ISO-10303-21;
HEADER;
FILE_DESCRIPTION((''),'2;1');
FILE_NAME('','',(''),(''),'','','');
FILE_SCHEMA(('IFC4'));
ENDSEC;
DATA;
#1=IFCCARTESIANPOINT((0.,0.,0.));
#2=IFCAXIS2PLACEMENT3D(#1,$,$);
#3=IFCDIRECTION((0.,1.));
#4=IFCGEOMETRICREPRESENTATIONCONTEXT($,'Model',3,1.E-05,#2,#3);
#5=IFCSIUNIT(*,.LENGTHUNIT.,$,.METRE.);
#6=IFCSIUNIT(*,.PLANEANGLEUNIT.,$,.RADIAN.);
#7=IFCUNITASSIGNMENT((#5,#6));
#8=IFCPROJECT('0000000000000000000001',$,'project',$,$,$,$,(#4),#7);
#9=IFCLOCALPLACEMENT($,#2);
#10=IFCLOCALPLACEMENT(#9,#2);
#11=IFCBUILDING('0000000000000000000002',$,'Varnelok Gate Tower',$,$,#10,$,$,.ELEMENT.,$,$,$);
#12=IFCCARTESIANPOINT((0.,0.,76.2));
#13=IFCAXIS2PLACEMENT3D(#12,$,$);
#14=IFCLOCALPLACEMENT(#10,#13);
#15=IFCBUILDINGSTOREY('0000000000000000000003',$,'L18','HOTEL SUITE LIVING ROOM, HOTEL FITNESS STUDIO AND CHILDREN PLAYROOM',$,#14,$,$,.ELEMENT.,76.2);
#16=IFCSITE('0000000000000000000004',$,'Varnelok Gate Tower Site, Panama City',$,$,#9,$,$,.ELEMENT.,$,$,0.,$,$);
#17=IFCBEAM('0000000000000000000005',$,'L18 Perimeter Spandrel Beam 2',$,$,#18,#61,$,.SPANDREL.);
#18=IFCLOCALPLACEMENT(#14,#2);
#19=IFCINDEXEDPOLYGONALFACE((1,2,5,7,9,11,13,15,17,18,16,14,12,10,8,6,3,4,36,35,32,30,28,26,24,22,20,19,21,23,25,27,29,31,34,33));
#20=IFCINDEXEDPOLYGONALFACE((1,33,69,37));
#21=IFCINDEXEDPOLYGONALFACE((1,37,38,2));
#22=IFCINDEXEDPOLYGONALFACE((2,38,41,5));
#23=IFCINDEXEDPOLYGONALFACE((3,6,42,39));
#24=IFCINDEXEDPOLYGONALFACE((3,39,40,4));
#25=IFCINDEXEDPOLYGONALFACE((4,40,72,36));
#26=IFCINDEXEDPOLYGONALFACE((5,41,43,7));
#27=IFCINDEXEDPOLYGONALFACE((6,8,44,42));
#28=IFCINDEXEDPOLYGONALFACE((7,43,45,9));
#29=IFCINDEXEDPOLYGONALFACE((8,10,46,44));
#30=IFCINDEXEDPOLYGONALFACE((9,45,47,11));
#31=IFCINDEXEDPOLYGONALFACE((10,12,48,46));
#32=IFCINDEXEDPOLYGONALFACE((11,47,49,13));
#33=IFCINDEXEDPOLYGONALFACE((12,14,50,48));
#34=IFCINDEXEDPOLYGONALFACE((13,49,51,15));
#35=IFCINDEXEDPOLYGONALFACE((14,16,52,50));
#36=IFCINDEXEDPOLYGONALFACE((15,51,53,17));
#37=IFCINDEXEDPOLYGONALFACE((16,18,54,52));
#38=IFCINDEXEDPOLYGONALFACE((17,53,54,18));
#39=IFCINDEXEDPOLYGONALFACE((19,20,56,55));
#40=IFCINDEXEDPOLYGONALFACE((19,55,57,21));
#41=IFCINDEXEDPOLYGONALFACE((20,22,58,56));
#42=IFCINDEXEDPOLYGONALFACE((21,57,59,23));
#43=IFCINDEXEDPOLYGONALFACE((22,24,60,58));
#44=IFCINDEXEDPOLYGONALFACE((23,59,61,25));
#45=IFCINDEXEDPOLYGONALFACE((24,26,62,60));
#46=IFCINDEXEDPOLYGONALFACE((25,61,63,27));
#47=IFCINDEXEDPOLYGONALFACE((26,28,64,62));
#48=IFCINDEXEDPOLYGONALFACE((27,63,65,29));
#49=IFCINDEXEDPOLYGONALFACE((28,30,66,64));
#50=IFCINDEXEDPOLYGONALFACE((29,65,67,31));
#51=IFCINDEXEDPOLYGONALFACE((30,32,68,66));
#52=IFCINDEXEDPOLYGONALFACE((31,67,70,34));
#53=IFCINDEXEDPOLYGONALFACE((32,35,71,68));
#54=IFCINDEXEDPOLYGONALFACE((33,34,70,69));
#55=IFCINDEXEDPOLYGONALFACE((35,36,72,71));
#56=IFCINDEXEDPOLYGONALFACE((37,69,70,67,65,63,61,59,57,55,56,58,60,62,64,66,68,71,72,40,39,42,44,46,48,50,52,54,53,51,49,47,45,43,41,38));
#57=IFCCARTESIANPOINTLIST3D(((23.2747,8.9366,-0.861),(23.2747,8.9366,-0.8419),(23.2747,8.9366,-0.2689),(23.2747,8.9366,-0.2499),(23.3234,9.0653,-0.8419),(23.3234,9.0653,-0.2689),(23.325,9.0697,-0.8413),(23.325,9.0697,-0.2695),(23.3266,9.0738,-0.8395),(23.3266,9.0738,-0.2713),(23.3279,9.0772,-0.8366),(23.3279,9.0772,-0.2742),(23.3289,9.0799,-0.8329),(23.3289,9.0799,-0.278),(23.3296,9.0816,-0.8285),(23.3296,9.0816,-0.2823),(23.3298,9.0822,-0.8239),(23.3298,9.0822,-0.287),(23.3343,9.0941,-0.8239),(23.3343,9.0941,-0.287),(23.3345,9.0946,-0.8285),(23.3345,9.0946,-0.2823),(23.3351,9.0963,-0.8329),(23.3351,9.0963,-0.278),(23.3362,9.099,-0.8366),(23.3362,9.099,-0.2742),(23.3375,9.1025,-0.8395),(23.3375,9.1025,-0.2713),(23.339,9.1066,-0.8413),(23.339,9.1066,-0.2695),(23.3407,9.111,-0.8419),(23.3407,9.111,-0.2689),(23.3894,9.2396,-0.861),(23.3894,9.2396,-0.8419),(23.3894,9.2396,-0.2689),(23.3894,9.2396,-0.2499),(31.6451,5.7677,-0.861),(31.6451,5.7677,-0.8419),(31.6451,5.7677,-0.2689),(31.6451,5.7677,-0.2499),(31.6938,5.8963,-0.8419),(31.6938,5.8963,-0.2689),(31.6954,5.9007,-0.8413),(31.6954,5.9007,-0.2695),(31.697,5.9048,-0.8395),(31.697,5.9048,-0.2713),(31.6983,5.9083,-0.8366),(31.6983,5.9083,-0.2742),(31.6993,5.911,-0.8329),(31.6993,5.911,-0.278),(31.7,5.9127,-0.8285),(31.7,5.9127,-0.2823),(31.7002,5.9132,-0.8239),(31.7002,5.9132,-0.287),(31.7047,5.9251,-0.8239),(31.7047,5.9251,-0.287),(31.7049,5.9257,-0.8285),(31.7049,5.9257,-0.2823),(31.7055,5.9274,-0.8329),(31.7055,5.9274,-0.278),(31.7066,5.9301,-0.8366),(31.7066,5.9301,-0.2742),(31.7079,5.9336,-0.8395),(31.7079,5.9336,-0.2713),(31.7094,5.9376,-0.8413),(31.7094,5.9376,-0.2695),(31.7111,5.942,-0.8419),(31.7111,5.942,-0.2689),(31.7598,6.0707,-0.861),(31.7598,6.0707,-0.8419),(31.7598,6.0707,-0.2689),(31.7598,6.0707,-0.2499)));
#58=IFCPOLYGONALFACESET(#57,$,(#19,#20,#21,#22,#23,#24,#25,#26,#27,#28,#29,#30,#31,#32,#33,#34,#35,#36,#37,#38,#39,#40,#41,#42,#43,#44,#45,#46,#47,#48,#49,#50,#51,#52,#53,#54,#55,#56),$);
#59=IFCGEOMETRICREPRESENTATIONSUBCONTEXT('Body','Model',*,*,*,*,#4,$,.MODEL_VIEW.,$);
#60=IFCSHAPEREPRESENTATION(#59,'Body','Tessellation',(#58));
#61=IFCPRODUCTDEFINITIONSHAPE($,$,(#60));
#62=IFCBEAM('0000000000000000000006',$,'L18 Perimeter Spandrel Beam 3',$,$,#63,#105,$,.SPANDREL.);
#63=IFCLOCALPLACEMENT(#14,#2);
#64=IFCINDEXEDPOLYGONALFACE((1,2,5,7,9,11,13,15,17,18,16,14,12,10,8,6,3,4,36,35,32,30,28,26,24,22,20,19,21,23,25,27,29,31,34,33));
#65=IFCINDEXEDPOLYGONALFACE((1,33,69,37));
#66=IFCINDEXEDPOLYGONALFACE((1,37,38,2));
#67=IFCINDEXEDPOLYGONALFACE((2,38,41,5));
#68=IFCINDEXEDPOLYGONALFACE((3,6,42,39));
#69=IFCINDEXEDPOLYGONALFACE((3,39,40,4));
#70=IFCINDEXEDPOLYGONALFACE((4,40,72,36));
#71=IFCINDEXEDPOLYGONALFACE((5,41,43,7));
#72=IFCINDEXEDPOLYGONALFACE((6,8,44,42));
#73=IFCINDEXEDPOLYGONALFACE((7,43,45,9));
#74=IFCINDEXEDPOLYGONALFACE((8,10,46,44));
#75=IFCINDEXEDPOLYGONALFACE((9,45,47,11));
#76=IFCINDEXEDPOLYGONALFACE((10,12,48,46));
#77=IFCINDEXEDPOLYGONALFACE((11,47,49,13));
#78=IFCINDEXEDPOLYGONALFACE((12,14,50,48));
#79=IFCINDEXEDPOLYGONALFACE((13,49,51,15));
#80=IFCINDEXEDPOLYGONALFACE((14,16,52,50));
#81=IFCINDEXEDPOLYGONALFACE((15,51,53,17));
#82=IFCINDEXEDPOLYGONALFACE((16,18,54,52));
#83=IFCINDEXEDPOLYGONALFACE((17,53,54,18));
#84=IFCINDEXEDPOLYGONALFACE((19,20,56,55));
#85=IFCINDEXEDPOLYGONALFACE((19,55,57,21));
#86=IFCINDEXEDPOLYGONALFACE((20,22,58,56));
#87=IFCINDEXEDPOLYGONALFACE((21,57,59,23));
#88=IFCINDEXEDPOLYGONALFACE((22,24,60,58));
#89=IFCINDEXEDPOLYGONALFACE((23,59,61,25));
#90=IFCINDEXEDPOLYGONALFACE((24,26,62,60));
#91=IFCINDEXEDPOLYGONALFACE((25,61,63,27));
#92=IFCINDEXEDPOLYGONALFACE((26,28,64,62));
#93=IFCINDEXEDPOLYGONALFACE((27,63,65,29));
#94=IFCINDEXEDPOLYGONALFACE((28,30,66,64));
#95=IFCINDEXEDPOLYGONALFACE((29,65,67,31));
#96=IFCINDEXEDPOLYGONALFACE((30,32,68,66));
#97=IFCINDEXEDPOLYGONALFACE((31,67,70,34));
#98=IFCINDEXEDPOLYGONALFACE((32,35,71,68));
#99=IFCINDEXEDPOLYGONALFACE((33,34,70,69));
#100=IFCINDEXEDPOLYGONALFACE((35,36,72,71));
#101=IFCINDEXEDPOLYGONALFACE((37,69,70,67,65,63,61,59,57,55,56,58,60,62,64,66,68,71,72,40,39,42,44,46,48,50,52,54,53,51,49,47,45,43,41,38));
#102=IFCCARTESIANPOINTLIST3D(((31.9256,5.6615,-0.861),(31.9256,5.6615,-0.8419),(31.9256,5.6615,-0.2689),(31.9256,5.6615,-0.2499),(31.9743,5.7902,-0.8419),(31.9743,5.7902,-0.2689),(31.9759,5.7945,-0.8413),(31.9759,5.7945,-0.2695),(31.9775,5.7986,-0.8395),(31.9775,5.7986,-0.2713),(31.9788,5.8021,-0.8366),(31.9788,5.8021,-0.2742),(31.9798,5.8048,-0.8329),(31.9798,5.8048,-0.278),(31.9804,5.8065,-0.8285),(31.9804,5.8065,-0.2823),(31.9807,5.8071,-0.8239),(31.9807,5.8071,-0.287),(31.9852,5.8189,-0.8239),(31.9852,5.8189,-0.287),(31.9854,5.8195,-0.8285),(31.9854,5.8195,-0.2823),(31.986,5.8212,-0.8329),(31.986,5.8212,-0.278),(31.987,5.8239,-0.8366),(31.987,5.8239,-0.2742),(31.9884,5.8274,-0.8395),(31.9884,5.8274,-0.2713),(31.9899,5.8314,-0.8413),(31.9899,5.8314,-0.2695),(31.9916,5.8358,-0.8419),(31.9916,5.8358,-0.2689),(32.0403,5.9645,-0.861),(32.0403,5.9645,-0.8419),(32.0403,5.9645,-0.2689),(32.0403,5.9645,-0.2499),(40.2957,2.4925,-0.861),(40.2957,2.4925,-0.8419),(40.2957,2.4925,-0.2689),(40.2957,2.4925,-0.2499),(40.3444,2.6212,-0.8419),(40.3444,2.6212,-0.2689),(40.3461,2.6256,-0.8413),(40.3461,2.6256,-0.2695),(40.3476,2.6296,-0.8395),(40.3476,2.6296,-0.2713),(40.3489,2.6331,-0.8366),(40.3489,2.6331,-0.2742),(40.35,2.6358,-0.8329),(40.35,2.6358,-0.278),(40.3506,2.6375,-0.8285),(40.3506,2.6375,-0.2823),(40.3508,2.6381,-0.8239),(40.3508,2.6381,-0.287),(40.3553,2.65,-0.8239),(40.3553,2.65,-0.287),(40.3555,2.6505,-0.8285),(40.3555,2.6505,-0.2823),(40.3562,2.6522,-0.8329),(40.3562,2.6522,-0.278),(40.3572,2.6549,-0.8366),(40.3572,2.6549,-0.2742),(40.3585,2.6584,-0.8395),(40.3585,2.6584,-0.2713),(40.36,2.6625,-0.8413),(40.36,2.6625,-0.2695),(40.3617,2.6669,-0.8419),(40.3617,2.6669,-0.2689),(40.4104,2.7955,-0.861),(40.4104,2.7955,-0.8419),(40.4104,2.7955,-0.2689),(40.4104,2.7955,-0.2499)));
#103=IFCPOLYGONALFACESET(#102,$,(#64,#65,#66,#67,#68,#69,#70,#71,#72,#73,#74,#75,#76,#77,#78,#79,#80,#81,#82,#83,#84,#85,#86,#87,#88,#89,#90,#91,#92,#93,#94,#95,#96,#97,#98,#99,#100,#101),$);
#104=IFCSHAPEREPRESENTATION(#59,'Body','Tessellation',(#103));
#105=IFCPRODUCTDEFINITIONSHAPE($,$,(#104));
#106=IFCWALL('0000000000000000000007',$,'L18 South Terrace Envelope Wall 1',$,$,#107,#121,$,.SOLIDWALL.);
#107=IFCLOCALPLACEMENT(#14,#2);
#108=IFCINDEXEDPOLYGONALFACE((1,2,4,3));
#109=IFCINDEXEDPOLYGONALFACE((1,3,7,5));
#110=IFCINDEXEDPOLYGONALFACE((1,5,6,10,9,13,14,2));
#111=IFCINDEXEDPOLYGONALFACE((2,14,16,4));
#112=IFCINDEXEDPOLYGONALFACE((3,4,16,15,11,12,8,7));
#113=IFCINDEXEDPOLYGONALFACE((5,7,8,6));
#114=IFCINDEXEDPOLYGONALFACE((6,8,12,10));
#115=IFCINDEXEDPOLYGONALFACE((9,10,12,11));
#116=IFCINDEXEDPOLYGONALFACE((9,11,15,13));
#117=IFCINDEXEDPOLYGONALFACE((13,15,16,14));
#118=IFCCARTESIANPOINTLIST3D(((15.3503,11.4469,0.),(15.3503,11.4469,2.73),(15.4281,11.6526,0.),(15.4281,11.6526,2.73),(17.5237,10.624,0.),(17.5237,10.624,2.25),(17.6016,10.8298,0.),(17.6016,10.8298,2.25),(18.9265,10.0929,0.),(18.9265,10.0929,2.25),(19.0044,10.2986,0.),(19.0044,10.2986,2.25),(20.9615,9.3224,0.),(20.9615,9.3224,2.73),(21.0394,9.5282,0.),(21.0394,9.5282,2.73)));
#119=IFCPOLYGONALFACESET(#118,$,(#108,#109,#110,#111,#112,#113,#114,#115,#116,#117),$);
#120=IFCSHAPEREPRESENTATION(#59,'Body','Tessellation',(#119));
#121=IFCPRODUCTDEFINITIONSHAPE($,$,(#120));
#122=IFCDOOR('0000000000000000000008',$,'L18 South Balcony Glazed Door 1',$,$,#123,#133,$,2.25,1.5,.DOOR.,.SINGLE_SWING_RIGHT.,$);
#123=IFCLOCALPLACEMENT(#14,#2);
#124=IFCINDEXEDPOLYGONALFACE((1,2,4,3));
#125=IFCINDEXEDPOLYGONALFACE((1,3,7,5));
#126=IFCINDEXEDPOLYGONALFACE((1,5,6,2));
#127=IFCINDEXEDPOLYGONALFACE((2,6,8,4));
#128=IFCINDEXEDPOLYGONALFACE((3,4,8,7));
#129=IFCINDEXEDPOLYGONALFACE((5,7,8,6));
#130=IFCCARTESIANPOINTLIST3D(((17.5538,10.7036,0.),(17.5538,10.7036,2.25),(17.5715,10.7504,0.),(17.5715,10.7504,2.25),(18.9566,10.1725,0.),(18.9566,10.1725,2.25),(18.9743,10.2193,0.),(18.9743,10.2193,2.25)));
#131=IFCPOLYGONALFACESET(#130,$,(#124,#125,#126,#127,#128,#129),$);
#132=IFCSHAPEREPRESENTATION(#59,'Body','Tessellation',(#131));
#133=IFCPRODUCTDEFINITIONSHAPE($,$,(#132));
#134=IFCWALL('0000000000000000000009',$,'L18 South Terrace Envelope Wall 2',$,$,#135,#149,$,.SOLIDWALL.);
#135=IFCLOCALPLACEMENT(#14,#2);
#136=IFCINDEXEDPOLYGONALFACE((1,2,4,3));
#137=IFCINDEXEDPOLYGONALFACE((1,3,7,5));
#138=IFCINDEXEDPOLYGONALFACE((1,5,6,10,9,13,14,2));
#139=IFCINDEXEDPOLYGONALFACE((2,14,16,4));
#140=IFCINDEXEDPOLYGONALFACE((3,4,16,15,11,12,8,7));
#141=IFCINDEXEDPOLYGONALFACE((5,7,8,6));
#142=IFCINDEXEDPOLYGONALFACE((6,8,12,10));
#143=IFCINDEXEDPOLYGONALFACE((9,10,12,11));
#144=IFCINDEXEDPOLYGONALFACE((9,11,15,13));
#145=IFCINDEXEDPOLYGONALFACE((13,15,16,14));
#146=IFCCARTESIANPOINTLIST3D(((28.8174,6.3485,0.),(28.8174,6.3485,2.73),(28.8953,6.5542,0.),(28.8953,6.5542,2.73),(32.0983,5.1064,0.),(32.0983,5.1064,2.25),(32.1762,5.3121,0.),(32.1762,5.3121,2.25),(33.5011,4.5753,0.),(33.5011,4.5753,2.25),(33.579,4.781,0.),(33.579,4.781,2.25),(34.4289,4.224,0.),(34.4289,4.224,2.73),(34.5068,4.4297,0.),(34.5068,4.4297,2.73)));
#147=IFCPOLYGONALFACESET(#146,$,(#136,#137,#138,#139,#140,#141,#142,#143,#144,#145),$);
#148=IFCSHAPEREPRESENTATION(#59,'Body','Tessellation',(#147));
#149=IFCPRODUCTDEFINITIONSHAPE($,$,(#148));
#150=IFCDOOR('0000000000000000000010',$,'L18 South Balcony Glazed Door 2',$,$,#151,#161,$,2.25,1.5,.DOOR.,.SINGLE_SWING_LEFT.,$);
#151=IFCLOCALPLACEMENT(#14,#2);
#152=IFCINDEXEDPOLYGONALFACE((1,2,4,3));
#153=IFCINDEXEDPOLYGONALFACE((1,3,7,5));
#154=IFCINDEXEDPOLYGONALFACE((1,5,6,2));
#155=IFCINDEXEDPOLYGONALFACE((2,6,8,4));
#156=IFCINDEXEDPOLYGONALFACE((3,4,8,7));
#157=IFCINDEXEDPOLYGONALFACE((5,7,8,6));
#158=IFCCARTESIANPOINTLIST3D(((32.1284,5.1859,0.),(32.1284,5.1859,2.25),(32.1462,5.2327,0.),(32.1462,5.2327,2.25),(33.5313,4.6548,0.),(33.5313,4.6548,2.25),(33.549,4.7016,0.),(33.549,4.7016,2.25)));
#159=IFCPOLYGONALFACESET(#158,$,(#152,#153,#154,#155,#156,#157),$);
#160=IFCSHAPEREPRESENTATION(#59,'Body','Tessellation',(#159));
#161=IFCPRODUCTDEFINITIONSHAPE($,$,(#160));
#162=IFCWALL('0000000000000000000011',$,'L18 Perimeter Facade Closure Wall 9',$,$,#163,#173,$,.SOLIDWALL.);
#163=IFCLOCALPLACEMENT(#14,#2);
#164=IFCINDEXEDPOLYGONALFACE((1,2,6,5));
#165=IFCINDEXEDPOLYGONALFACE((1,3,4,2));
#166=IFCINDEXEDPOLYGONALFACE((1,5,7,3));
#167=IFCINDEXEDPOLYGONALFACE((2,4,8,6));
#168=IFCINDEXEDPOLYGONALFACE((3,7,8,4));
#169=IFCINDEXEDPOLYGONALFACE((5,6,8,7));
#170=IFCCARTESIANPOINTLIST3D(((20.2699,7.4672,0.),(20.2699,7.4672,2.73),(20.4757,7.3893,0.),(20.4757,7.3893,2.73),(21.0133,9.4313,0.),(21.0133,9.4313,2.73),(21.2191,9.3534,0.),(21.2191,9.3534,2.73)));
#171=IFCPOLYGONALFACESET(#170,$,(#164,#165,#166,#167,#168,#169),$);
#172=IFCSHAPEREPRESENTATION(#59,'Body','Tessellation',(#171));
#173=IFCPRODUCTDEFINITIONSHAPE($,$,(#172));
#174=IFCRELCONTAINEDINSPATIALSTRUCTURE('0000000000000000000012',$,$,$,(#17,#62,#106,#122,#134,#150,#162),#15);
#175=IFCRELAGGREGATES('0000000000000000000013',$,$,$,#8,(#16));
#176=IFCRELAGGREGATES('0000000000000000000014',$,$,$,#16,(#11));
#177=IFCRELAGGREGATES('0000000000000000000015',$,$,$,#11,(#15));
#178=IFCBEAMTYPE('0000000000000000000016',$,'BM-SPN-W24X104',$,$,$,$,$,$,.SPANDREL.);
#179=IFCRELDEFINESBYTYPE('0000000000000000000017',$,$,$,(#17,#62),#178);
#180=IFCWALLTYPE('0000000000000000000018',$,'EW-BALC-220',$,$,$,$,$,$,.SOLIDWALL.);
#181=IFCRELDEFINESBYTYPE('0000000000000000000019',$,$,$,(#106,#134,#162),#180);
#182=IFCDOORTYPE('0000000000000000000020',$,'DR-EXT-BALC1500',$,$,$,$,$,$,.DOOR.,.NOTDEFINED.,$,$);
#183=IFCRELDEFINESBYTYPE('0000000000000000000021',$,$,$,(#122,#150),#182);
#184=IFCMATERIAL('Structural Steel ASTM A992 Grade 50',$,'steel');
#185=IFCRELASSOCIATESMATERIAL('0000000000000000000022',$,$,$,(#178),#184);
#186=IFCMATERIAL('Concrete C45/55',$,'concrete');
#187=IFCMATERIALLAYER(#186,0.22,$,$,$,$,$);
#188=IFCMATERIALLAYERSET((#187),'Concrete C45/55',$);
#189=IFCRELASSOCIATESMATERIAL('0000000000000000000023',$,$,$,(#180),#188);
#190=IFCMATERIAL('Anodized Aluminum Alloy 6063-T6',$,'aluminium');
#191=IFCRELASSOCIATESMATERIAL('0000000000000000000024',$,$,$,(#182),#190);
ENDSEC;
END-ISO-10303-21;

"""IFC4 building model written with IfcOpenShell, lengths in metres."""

from ifc_helpers import new_model, si_unit, direction, frame, frame_2d, origin, origin_2d, place, context, subcontext, project, spatial, rectangle, i_section, extrude, material, layer, layer_set, material_profile, profile_set, type_object, element, fill, save


model = new_model("IFC4")

# Units and contexts
model_context = context("Model", 3, precision=1e-05, world=origin(), true_north=direction((0.0, 1.0)))
body_context = subcontext(model_context, "Body", "Model", "MODEL_VIEW")
ifc_project = project(units=[si_unit("LENGTHUNIT", "METRE"), si_unit("PLANEANGLEUNIT", "RADIAN")], contexts=[model_context])

# Site, building, storey
site_placement = place(None, origin())
site = spatial("IfcSite", under=ifc_project, at=site_placement, Name="Varnelok Gate Tower Site, Panama City", CompositionType="ELEMENT", RefElevation=0.0)
building_placement = place(site_placement, origin())
building = spatial("IfcBuilding", under=site, at=building_placement, Name="Varnelok Gate Tower", CompositionType="ELEMENT")
storey_placement = place(building_placement, frame((0.0, 0.0, 76.2)))
storey = spatial("IfcBuildingStorey", under=building, at=storey_placement, Name="L18", Description="HOTEL SUITE LIVING ROOM, HOTEL FITNESS STUDIO AND CHILDREN PLAYROOM", CompositionType="ELEMENT", Elevation=76.2)

# Shared definitions
ifc_material_1 = material(Name="Structural Steel ASTM A992 Grade 50", Category="steel")

# Beams
ifc_material_profile_1 = material_profile(ifc_material_1, i_section(OverallWidth=0.324, OverallDepth=0.6111, WebThickness=0.0127, FlangeThickness=0.019, FilletRadius=0.0181, at=origin_2d()), Name="W24X104")
ifc_profile_set_1 = profile_set([ifc_material_profile_1], Name="Structural Steel ASTM A992 Grade 50")
beam_type_1 = type_object("IfcBeamType", Name="BM-SPN-W24X104", PredefinedType="SPANDREL", material=ifc_profile_set_1)
beam_1_placement = place(storey_placement, frame((23.332, 9.0881, -0.5554), z_axis=(0.93522, -0.354066, 0.0), x_axis=(0.354066, 0.93522, 0.0)))
element("IfcBeam", 1, at=beam_1_placement, inside=storey, type_object=beam_type_1, Name="L18 Perimeter Spandrel Beam 2", PredefinedType="SPANDREL", context=body_context, shape_type="SweptSolid", body=[
    extrude(i_section(OverallWidth=0.324, OverallDepth=0.6111, WebThickness=0.0127, FlangeThickness=0.019, FilletRadius=0.0181, at=origin_2d()), origin(), (0.0, 0.0, 1.0), 8.9502),
])
beam_2_placement = place(storey_placement, frame((31.9829, 5.813, -0.5554), z_axis=(0.935217, -0.354075, 0.0), x_axis=(0.354075, 0.935217, 0.0)))
element("IfcBeam", 2, at=beam_2_placement, inside=storey, type_object=beam_type_1, Name="L18 Perimeter Spandrel Beam 3", PredefinedType="SPANDREL", context=body_context, shape_type="SweptSolid", body=[
    extrude(i_section(OverallWidth=0.324, OverallDepth=0.6111, WebThickness=0.0127, FlangeThickness=0.019, FilletRadius=0.0181, at=origin_2d()), origin(), (0.0, 0.0, 1.0), 8.95),
])

# Walls, openings, doors
ifc_material_2 = material(Name="Concrete C45/55", Category="concrete")
ifc_layer_1 = layer(ifc_material_2, 0.22)
ifc_layer_set_1 = layer_set([ifc_layer_1], Name="Concrete C45/55")
wall_type_1 = type_object("IfcWallType", Name="EW-BALC-220", PredefinedType="SOLIDWALL", material=ifc_layer_set_1)
wall_1_placement = place(storey_placement, frame((21.0005, 9.4253, 0.0), z_axis=(0.0, 0.0, 1.0), x_axis=(-0.935214, 0.354083, 0.0)))
wall_1 = element("IfcWall", 3, at=wall_1_placement, inside=storey, type_object=wall_type_1, Name="L18 South Terrace Envelope Wall 1", PredefinedType="SOLIDWALL", context=body_context, shape_type="SweptSolid", body=[
    extrude(rectangle(XDim=6.0, YDim=0.22, at=frame_2d((3.0, 0.0))), origin(), (0.0, 0.0, 1.0), 2.73),
])
opening_1_placement = place(wall_1_placement, frame((2.176, 0.0, 0.0)))
opening_1 = element("IfcOpeningElement", 4, at=opening_1_placement, cuts=wall_1, PredefinedType="OPENING", context=body_context, shape_type="SweptSolid", body=[
    extrude(rectangle(XDim=1.5, YDim=2.25, at=frame_2d((0.75, 1.125))), frame((0.0, 0.1199, 0.0), z_axis=(0.0, -1.0, 0.0), x_axis=(1.0, 0.0, 0.0)), (0.0, 0.0, 1.0), 0.24),
])
ifc_material_3 = material(Name="Anodized Aluminum Alloy 6063-T6", Category="aluminium")
door_type_1 = type_object("IfcDoorType", Name="DR-EXT-BALC1500", OperationType="NOTDEFINED", PredefinedType="DOOR", material=ifc_material_3)
door_1_placement = place(opening_1_placement, origin())
door_1 = element("IfcDoor", 5, at=door_1_placement, inside=storey, type_object=door_type_1, Name="L18 South Balcony Glazed Door 1", OperationType="SINGLE_SWING_RIGHT", OverallHeight=2.25, OverallWidth=1.5, PredefinedType="DOOR", context=body_context, shape_type="SweptSolid", body=[
    extrude(rectangle(XDim=1.5, YDim=2.25, at=frame_2d((0.75, 1.125))), frame((0.0, 0.0249, 0.0), z_axis=(0.0, -1.0, 0.0), x_axis=(1.0, 0.0, 0.0)), (0.0, 0.0, 1.0), 0.05),
])
fill(opening_1, door_1)
wall_2_placement = place(storey_placement, frame((34.4678, 4.3269, 0.0), z_axis=(0.0, 0.0, 1.0), x_axis=(-0.935219, 0.354069, 0.0)))
wall_2 = element("IfcWall", 6, at=wall_2_placement, inside=storey, type_object=wall_type_1, Name="L18 South Terrace Envelope Wall 2", PredefinedType="SOLIDWALL", context=body_context, shape_type="SweptSolid", body=[
    extrude(rectangle(XDim=6.0002, YDim=0.22, at=frame_2d((3.0, 0.0))), origin(), (0.0, 0.0, 1.0), 2.73),
])
opening_2_placement = place(wall_2_placement, frame((0.9919, 0.0, 0.0)))
opening_2 = element("IfcOpeningElement", 7, at=opening_2_placement, cuts=wall_2, PredefinedType="OPENING", context=body_context, shape_type="SweptSolid", body=[
    extrude(rectangle(XDim=1.5, YDim=2.25, at=frame_2d((0.75, 1.125))), frame((0.0, 0.1199, 0.0), z_axis=(0.0, -1.0, 0.0), x_axis=(1.0, 0.0, 0.0)), (0.0, 0.0, 1.0), 0.24),
])
door_2_placement = place(opening_2_placement, origin())
door_2 = element("IfcDoor", 8, at=door_2_placement, inside=storey, type_object=door_type_1, Name="L18 South Balcony Glazed Door 2", OperationType="SINGLE_SWING_LEFT", OverallHeight=2.25, OverallWidth=1.5, PredefinedType="DOOR", context=body_context, shape_type="SweptSolid", body=[
    extrude(rectangle(XDim=1.5, YDim=2.25, at=frame_2d((0.75, 1.125))), frame((0.0, 0.0249, 0.0), z_axis=(0.0, -1.0, 0.0), x_axis=(1.0, 0.0, 0.0)), (0.0, 0.0, 1.0), 0.05),
])
fill(opening_2, door_2)

# Wall
wall_3_placement = place(storey_placement, frame((21.1162, 9.3923, 0.0), z_axis=(0.0, 0.0, 1.0), x_axis=(-0.353988, -0.93525, 0.0)))
element("IfcWall", 9, at=wall_3_placement, inside=storey, type_object=wall_type_1, Name="L18 Perimeter Facade Closure Wall 9", PredefinedType="SOLIDWALL", context=body_context, shape_type="SweptSolid", body=[
    extrude(rectangle(XDim=2.1001, YDim=0.22, at=frame_2d((1.05, 0.0))), origin(), (0.0, 0.0, 1.0), 2.73),
])

save(model, "model.ifc")
